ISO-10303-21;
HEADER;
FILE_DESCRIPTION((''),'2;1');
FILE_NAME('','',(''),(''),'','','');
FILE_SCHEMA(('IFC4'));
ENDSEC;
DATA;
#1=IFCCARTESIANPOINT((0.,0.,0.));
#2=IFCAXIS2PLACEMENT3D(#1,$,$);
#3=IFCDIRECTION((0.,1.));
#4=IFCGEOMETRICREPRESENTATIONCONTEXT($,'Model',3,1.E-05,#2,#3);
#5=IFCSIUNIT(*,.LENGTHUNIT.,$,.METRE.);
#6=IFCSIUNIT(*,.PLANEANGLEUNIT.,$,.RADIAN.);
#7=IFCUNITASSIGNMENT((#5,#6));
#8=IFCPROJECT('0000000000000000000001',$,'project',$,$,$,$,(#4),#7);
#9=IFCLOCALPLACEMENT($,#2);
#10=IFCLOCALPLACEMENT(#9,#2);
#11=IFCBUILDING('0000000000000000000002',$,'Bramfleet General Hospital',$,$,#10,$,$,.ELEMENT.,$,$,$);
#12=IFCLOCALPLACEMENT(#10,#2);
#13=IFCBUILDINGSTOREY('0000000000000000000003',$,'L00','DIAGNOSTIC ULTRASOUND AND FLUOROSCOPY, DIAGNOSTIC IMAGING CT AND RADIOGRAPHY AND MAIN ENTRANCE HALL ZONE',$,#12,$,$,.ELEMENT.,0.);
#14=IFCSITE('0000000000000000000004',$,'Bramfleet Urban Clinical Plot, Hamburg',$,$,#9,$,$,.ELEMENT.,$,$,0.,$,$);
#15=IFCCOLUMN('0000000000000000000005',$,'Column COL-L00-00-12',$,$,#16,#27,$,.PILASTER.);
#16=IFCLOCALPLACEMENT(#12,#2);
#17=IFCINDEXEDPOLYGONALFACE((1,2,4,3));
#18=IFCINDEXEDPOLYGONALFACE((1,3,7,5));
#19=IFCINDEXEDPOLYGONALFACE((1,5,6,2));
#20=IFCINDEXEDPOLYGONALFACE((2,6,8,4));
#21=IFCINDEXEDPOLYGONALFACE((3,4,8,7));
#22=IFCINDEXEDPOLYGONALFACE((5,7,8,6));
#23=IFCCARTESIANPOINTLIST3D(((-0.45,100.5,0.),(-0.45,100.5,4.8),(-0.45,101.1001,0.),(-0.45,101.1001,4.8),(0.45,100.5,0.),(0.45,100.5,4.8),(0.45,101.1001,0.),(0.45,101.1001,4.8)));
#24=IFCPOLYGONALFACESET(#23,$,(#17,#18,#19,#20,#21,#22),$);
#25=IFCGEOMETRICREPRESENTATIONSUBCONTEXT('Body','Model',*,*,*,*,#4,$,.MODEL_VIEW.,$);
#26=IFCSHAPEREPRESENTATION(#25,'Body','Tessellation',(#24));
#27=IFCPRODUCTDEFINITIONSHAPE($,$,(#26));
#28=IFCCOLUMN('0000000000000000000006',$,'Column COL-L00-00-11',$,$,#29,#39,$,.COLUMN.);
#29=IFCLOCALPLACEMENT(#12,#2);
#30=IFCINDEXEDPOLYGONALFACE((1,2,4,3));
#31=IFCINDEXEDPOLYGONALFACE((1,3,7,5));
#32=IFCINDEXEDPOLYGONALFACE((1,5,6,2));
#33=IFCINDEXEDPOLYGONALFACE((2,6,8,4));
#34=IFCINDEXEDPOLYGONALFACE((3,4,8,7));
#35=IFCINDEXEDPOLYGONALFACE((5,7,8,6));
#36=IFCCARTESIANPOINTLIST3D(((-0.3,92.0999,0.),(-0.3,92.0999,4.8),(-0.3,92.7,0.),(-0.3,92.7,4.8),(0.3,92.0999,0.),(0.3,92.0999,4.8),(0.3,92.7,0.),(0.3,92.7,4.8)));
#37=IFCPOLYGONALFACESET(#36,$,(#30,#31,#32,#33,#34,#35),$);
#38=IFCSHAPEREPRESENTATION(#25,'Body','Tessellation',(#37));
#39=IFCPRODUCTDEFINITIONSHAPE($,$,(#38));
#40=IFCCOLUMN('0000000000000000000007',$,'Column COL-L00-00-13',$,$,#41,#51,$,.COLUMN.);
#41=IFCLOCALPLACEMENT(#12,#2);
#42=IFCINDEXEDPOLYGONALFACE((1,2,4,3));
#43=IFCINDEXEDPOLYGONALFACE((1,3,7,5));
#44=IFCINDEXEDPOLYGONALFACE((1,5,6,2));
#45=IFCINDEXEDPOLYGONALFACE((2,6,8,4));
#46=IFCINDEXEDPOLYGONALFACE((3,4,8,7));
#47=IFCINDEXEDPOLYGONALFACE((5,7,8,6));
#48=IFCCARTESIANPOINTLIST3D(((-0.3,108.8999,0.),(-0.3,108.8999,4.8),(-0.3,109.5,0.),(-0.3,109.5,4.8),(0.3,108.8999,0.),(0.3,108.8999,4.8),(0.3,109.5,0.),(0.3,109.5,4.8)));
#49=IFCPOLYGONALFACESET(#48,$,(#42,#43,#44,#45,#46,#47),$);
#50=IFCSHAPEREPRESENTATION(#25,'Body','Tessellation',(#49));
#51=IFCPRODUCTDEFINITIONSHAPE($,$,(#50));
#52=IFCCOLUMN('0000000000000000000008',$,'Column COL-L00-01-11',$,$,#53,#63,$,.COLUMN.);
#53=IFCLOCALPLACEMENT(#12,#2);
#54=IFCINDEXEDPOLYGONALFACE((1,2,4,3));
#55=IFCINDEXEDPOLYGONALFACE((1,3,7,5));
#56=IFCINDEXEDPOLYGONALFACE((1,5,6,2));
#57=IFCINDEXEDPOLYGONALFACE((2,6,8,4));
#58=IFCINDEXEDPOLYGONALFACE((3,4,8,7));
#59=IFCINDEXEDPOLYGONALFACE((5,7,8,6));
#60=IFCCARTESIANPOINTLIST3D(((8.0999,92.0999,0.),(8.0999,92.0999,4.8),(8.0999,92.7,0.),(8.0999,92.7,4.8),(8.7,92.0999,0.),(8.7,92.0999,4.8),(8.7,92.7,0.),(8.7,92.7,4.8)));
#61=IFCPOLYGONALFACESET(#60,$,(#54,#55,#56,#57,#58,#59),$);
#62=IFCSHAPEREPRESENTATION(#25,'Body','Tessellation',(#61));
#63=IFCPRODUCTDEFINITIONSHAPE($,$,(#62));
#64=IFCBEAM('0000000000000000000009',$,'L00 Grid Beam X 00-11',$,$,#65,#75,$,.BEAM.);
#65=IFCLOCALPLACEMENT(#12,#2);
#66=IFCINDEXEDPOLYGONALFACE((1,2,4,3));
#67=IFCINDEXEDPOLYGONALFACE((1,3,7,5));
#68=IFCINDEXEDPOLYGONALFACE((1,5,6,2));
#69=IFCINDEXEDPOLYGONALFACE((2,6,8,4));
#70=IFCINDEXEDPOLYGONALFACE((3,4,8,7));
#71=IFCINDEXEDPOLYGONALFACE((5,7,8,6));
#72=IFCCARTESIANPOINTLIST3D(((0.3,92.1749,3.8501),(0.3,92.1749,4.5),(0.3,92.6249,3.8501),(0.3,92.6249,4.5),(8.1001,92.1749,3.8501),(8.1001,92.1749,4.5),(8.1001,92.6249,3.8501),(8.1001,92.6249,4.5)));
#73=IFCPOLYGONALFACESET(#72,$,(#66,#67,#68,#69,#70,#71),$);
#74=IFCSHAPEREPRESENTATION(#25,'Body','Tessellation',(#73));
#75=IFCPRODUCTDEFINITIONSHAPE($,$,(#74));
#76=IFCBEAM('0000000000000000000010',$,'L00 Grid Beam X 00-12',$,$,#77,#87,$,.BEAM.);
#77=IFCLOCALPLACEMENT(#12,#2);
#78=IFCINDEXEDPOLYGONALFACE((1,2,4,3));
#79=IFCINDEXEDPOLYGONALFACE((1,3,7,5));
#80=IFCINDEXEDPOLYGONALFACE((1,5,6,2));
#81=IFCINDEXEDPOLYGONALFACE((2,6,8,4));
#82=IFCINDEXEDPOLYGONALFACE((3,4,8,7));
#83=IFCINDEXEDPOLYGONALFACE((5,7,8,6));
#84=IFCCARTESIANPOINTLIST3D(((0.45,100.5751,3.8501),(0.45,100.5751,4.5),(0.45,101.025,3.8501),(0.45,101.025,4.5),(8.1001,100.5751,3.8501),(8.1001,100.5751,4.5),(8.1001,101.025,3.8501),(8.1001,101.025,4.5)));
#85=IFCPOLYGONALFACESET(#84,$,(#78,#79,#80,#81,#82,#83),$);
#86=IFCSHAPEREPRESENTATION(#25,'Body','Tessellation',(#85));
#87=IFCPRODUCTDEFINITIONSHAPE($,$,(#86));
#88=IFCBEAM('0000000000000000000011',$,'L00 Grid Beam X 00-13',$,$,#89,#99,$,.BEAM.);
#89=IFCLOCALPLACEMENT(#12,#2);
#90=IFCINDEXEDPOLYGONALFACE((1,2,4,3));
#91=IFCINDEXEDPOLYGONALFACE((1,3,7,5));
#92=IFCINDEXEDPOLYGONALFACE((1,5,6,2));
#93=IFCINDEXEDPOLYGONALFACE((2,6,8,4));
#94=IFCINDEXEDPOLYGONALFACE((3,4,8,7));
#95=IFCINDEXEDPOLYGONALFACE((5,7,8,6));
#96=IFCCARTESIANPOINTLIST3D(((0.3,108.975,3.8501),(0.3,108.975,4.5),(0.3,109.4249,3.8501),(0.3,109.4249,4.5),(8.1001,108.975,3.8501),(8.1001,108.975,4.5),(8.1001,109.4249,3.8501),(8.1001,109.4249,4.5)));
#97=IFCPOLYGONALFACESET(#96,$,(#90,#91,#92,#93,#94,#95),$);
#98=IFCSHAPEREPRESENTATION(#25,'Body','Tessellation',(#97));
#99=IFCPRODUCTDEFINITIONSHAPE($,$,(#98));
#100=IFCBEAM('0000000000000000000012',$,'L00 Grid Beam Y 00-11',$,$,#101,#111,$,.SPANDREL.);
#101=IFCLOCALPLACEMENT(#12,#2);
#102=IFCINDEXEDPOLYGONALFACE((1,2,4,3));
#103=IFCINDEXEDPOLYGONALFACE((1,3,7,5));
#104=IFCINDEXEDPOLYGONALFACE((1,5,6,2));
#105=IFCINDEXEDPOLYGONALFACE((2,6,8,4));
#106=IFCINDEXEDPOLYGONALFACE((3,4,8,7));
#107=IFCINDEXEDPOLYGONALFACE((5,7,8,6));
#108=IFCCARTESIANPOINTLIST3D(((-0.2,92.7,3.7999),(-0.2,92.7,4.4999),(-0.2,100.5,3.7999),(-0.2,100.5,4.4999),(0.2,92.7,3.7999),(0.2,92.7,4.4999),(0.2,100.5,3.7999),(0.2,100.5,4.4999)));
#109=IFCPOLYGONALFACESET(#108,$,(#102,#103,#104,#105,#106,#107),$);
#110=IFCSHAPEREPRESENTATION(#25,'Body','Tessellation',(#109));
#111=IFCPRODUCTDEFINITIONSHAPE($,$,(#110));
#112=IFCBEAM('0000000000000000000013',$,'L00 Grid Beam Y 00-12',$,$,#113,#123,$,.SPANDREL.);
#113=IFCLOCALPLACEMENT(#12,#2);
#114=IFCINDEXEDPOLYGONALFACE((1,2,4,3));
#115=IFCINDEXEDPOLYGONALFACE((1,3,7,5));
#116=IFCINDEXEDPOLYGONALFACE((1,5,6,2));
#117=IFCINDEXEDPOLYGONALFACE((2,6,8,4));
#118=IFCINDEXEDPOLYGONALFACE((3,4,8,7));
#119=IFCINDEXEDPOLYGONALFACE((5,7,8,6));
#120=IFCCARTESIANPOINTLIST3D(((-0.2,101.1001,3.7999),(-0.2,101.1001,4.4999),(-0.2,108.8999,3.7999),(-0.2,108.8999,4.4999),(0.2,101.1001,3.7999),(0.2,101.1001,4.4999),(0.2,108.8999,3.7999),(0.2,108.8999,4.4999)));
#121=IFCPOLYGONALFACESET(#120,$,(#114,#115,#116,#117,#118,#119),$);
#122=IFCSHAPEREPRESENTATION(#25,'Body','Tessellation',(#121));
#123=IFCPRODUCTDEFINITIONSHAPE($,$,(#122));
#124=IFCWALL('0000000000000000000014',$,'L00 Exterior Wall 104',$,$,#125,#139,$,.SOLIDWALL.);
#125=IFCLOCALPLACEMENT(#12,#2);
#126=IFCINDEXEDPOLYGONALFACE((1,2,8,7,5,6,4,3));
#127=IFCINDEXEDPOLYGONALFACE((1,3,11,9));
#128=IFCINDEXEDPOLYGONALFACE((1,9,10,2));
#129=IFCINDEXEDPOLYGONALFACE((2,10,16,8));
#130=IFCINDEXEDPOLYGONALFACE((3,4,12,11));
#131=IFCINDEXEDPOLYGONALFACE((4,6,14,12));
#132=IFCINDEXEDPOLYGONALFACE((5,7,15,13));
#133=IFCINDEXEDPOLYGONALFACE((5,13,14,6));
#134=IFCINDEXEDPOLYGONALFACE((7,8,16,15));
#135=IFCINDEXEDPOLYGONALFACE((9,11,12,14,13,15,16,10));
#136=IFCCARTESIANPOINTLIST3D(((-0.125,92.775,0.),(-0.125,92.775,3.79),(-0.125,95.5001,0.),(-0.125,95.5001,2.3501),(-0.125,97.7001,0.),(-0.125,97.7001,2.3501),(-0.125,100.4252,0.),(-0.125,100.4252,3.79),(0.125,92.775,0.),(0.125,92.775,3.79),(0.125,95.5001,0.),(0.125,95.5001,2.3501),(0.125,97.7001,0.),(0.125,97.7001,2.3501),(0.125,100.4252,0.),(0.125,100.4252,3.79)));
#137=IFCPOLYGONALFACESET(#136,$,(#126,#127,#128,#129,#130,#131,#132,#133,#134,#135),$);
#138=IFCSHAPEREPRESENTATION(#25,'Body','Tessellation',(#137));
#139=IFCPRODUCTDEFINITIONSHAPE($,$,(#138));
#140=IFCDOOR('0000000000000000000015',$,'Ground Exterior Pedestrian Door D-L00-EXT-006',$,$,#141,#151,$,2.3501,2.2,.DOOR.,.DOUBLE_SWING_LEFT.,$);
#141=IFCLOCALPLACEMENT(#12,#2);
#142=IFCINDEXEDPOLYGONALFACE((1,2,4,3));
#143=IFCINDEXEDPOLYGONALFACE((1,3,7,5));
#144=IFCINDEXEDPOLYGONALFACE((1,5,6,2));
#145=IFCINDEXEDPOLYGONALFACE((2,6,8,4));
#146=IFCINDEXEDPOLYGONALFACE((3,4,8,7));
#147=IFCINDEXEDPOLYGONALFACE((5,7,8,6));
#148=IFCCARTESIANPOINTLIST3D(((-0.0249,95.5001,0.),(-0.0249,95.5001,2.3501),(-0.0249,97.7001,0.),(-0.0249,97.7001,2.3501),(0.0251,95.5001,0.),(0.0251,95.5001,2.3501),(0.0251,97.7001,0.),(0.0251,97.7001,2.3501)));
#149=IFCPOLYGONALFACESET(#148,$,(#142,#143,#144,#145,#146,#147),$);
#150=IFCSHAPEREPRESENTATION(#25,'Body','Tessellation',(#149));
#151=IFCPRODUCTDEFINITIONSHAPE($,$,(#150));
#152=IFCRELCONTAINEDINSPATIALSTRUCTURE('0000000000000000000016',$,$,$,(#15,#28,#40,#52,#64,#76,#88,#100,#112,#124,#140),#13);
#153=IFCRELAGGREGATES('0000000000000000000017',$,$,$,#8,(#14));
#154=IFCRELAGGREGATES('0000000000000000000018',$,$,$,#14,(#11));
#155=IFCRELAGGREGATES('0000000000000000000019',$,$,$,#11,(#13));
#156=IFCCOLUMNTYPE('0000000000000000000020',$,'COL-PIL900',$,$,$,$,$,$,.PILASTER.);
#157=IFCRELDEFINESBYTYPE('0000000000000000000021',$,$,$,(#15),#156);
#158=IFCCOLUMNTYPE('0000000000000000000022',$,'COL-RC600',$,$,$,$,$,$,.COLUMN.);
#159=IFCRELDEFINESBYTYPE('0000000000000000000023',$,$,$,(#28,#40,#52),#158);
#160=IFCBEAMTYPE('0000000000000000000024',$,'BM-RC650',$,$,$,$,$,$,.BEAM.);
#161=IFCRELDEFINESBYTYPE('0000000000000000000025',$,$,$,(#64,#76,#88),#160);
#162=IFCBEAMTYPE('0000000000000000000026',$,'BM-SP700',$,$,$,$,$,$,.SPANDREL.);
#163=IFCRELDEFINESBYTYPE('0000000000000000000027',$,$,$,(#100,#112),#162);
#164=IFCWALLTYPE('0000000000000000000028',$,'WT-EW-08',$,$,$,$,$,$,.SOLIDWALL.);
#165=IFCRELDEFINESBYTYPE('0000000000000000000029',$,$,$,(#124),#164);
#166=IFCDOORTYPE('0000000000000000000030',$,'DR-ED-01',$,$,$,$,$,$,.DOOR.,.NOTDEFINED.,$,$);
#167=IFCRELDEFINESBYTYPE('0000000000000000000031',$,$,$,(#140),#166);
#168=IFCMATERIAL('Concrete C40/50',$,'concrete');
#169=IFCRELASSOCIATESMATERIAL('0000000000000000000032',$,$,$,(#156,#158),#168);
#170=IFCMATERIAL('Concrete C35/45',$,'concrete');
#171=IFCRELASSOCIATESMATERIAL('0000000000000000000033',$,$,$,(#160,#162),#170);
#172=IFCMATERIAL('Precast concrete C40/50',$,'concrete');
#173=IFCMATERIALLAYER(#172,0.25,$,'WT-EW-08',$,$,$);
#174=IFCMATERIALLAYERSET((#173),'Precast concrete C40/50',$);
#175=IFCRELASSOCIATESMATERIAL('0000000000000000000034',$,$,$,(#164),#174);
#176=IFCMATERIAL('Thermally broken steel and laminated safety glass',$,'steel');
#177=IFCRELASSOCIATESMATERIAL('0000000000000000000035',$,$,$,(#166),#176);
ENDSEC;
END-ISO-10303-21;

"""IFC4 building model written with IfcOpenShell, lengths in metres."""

from ifc_helpers import new_model, si_unit, direction, frame, frame_2d, origin, origin_2d, place, context, subcontext, project, spatial, rectangle, extrude, material, layer, layer_set, material_profile, profile_set, type_object, element, fill, save


model = new_model("IFC4")

# Units and contexts
model_context = context("Model", 3, precision=1e-05, world=origin(), true_north=direction((0.0, 1.0)))
body_context = subcontext(model_context, "Body", "Model", "MODEL_VIEW")
ifc_project = project(units=[si_unit("LENGTHUNIT", "METRE"), si_unit("PLANEANGLEUNIT", "RADIAN")], contexts=[model_context])

# Site, building, storey
site_placement = place(None, origin())
site = spatial("IfcSite", under=ifc_project, at=site_placement, Name="Bramfleet Urban Clinical Plot, Hamburg", CompositionType="ELEMENT", RefElevation=0.0)
building_placement = place(site_placement, origin())
building = spatial("IfcBuilding", under=site, at=building_placement, Name="Bramfleet General Hospital", CompositionType="ELEMENT")
storey_placement = place(building_placement, origin())
storey = spatial("IfcBuildingStorey", under=building, at=storey_placement, Name="L00", Description="DIAGNOSTIC ULTRASOUND AND FLUOROSCOPY, DIAGNOSTIC IMAGING CT AND RADIOGRAPHY AND MAIN ENTRANCE HALL ZONE", CompositionType="ELEMENT", Elevation=0.0)

# Columns
ifc_material_1 = material(Name="Concrete C40/50", Category="concrete")
ifc_material_profile_1 = material_profile(ifc_material_1, rectangle(XDim=0.6001, YDim=0.8999, at=origin_2d()), Name="RC PIL 900x600")
ifc_profile_set_1 = profile_set([ifc_material_profile_1], Name="Concrete C40/50")
column_type_1 = type_object("IfcColumnType", Name="COL-PIL900", PredefinedType="PILASTER", material=ifc_profile_set_1)
column_placement = place(storey_placement, frame((0.0, 100.8, 0.0), z_axis=(0.0, 0.0, 1.0), x_axis=(0.0, 1.0, 0.0)))
element("IfcColumn", 1, at=column_placement, inside=storey, type_object=column_type_1, Name="Column COL-L00-00-12", PredefinedType="PILASTER", context=body_context, shape_type="SweptSolid", body=[
    extrude(rectangle(XDim=0.6001, YDim=0.8999, at=origin_2d()), origin(), (0.0, 0.0, 1.0), 4.8),
])
ifc_material_profile_2 = material_profile(ifc_material_1, rectangle(XDim=0.6001, YDim=0.6001, at=origin_2d()), Name="RC COL 600x600")
ifc_profile_set_2 = profile_set([ifc_material_profile_2], Name="Concrete C40/50")
column_type_2 = type_object("IfcColumnType", Name="COL-RC600", PredefinedType="COLUMN", material=ifc_profile_set_2)
for number, where, z_axis, x_axis, name in (
    (2, (0.0, 92.3999, 0.0), (0.0, 0.0, 1.0), (1.0, 0.0, 0.0), "Column COL-L00-00-11"),
    (3, (0.0, 109.2, 0.0), (0.0, 0.0, 1.0), (1.0, 0.0, 0.0), "Column COL-L00-00-13"),
    (4, (8.3999, 92.3999, 0.0), (0.0, 0.0, 1.0), (1.0, 0.0, 0.0), "Column COL-L00-01-11"),
):
    element("IfcColumn", number, at=place(storey_placement, frame(where, z_axis=z_axis, x_axis=x_axis)), inside=storey, type_object=column_type_2, Name=name, PredefinedType="COLUMN", context=body_context, shape_type="SweptSolid", body=[
        extrude(rectangle(XDim=0.6001, YDim=0.6001, at=origin_2d()), origin(), (0.0, 0.0, 1.0), 4.8),
    ])

# Beams
ifc_material_2 = material(Name="Concrete C35/45", Category="concrete")
ifc_material_profile_3 = material_profile(ifc_material_2, rectangle(XDim=0.45, YDim=0.6499, at=origin_2d()), Name="RC BM 650x450")
ifc_profile_set_3 = profile_set([ifc_material_profile_3], Name="Concrete C35/45")
beam_type_1 = type_object("IfcBeamType", Name="BM-RC650", PredefinedType="BEAM", material=ifc_profile_set_3)
beam_1_placement = place(storey_placement, frame((0.3, 92.3999, 4.175), z_axis=(1.0, 0.0, 0.0), x_axis=(0.0, 1.0, 0.0)))
element("IfcBeam", 5, at=beam_1_placement, inside=storey, type_object=beam_type_1, Name="L00 Grid Beam X 00-11", PredefinedType="BEAM", context=body_context, shape_type="SweptSolid", body=[
    extrude(rectangle(XDim=0.45, YDim=0.6499, at=origin_2d()), origin(), (0.0, 0.0, 1.0), 7.8),
])
beam_2_placement = place(storey_placement, frame((0.45, 100.8, 4.175), z_axis=(1.0, 0.0, 0.0), x_axis=(0.0, 1.0, 0.0)))
element("IfcBeam", 6, at=beam_2_placement, inside=storey, type_object=beam_type_1, Name="L00 Grid Beam X 00-12", PredefinedType="BEAM", context=body_context, shape_type="SweptSolid", body=[
    extrude(rectangle(XDim=0.45, YDim=0.6499, at=origin_2d()), origin(), (0.0, 0.0, 1.0), 7.6501),
])
beam_3_placement = place(storey_placement, frame((0.3, 109.2, 4.175), z_axis=(1.0, 0.0, 0.0), x_axis=(0.0, 1.0, 0.0)))
element("IfcBeam", 7, at=beam_3_placement, inside=storey, type_object=beam_type_1, Name="L00 Grid Beam X 00-13", PredefinedType="BEAM", context=body_context, shape_type="SweptSolid", body=[
    extrude(rectangle(XDim=0.45, YDim=0.6499, at=origin_2d()), origin(), (0.0, 0.0, 1.0), 7.8),
])
ifc_material_profile_4 = material_profile(ifc_material_2, rectangle(XDim=0.3999, YDim=0.7, at=origin_2d()), Name="RC SP 700x400")
ifc_profile_set_4 = profile_set([ifc_material_profile_4], Name="Concrete C35/45")
beam_type_2 = type_object("IfcBeamType", Name="BM-SP700", PredefinedType="SPANDREL", material=ifc_profile_set_4)
beam_4_placement = place(storey_placement, frame((0.0, 92.7, 4.1499), z_axis=(0.0, 1.0, 0.0), x_axis=(-1.0, 0.0, 0.0)))
element("IfcBeam", 8, at=beam_4_placement, inside=storey, type_object=beam_type_2, Name="L00 Grid Beam Y 00-11", PredefinedType="SPANDREL", context=body_context, shape_type="SweptSolid", body=[
    extrude(rectangle(XDim=0.3999, YDim=0.7, at=origin_2d()), origin(), (0.0, 0.0, 1.0), 7.8),
])
beam_5_placement = place(storey_placement, frame((0.0, 101.1001, 4.1499), z_axis=(0.0, 1.0, 0.0), x_axis=(-1.0, 0.0, 0.0)))
element("IfcBeam", 9, at=beam_5_placement, inside=storey, type_object=beam_type_2, Name="L00 Grid Beam Y 00-12", PredefinedType="SPANDREL", context=body_context, shape_type="SweptSolid", body=[
    extrude(rectangle(XDim=0.3999, YDim=0.7, at=origin_2d()), origin(), (0.0, 0.0, 1.0), 7.7998),
])

# Wall, opening, door
ifc_material_3 = material(Name="Precast concrete C40/50", Category="concrete")
ifc_layer_1 = layer(ifc_material_3, 0.25, Name="WT-EW-08")
ifc_layer_set_1 = layer_set([ifc_layer_1], Name="Precast concrete C40/50")
wall_type_1 = type_object("IfcWallType", Name="WT-EW-08", PredefinedType="SOLIDWALL", material=ifc_layer_set_1)
wall_1_placement = place(storey_placement, frame((0.0, 92.7749, 0.0), z_axis=(0.0, 0.0, 1.0), x_axis=(0.0, 1.0, 0.0)))
wall_1 = element("IfcWall", 10, at=wall_1_placement, inside=storey, type_object=wall_type_1, Name="L00 Exterior Wall 104", PredefinedType="SOLIDWALL", context=body_context, shape_type="SweptSolid", body=[
    extrude(rectangle(XDim=7.6501, YDim=0.25, at=frame_2d((3.8252, 0.0))), origin(), (0.0, 0.0, 1.0), 3.79),
])
opening_1_placement = place(wall_1_placement, frame((2.7251, 0.0, 0.0)))
opening_1 = element("IfcOpeningElement", 11, at=opening_1_placement, cuts=wall_1, PredefinedType="OPENING", context=body_context, shape_type="SweptSolid", body=[
    extrude(rectangle(XDim=2.2, YDim=2.3501, at=frame_2d((1.1001, 1.175))), frame((0.0, 0.135, 0.0), z_axis=(0.0, -1.0, 0.0), x_axis=(1.0, 0.0, 0.0)), (0.0, 0.0, 1.0), 0.27),
])
ifc_material_4 = material(Name="Thermally broken steel and laminated safety glass", Category="steel")
door_type_1 = type_object("IfcDoorType", Name="DR-ED-01", OperationType="NOTDEFINED", PredefinedType="DOOR", material=ifc_material_4)
door_1_placement = place(opening_1_placement, origin())
door_1 = element("IfcDoor", 12, at=door_1_placement, inside=storey, type_object=door_type_1, Name="Ground Exterior Pedestrian Door D-L00-EXT-006", OperationType="DOUBLE_SWING_LEFT", OverallHeight=2.3501, OverallWidth=2.2, PredefinedType="DOOR", context=body_context, shape_type="SweptSolid", body=[
    extrude(rectangle(XDim=2.2, YDim=2.3501, at=frame_2d((1.1001, 1.175))), frame((0.0, 0.0249, 0.0), z_axis=(0.0, -1.0, 0.0), x_axis=(1.0, 0.0, 0.0)), (0.0, 0.0, 1.0), 0.05),
])
fill(opening_1, door_1)

save(model, "model.ifc")
